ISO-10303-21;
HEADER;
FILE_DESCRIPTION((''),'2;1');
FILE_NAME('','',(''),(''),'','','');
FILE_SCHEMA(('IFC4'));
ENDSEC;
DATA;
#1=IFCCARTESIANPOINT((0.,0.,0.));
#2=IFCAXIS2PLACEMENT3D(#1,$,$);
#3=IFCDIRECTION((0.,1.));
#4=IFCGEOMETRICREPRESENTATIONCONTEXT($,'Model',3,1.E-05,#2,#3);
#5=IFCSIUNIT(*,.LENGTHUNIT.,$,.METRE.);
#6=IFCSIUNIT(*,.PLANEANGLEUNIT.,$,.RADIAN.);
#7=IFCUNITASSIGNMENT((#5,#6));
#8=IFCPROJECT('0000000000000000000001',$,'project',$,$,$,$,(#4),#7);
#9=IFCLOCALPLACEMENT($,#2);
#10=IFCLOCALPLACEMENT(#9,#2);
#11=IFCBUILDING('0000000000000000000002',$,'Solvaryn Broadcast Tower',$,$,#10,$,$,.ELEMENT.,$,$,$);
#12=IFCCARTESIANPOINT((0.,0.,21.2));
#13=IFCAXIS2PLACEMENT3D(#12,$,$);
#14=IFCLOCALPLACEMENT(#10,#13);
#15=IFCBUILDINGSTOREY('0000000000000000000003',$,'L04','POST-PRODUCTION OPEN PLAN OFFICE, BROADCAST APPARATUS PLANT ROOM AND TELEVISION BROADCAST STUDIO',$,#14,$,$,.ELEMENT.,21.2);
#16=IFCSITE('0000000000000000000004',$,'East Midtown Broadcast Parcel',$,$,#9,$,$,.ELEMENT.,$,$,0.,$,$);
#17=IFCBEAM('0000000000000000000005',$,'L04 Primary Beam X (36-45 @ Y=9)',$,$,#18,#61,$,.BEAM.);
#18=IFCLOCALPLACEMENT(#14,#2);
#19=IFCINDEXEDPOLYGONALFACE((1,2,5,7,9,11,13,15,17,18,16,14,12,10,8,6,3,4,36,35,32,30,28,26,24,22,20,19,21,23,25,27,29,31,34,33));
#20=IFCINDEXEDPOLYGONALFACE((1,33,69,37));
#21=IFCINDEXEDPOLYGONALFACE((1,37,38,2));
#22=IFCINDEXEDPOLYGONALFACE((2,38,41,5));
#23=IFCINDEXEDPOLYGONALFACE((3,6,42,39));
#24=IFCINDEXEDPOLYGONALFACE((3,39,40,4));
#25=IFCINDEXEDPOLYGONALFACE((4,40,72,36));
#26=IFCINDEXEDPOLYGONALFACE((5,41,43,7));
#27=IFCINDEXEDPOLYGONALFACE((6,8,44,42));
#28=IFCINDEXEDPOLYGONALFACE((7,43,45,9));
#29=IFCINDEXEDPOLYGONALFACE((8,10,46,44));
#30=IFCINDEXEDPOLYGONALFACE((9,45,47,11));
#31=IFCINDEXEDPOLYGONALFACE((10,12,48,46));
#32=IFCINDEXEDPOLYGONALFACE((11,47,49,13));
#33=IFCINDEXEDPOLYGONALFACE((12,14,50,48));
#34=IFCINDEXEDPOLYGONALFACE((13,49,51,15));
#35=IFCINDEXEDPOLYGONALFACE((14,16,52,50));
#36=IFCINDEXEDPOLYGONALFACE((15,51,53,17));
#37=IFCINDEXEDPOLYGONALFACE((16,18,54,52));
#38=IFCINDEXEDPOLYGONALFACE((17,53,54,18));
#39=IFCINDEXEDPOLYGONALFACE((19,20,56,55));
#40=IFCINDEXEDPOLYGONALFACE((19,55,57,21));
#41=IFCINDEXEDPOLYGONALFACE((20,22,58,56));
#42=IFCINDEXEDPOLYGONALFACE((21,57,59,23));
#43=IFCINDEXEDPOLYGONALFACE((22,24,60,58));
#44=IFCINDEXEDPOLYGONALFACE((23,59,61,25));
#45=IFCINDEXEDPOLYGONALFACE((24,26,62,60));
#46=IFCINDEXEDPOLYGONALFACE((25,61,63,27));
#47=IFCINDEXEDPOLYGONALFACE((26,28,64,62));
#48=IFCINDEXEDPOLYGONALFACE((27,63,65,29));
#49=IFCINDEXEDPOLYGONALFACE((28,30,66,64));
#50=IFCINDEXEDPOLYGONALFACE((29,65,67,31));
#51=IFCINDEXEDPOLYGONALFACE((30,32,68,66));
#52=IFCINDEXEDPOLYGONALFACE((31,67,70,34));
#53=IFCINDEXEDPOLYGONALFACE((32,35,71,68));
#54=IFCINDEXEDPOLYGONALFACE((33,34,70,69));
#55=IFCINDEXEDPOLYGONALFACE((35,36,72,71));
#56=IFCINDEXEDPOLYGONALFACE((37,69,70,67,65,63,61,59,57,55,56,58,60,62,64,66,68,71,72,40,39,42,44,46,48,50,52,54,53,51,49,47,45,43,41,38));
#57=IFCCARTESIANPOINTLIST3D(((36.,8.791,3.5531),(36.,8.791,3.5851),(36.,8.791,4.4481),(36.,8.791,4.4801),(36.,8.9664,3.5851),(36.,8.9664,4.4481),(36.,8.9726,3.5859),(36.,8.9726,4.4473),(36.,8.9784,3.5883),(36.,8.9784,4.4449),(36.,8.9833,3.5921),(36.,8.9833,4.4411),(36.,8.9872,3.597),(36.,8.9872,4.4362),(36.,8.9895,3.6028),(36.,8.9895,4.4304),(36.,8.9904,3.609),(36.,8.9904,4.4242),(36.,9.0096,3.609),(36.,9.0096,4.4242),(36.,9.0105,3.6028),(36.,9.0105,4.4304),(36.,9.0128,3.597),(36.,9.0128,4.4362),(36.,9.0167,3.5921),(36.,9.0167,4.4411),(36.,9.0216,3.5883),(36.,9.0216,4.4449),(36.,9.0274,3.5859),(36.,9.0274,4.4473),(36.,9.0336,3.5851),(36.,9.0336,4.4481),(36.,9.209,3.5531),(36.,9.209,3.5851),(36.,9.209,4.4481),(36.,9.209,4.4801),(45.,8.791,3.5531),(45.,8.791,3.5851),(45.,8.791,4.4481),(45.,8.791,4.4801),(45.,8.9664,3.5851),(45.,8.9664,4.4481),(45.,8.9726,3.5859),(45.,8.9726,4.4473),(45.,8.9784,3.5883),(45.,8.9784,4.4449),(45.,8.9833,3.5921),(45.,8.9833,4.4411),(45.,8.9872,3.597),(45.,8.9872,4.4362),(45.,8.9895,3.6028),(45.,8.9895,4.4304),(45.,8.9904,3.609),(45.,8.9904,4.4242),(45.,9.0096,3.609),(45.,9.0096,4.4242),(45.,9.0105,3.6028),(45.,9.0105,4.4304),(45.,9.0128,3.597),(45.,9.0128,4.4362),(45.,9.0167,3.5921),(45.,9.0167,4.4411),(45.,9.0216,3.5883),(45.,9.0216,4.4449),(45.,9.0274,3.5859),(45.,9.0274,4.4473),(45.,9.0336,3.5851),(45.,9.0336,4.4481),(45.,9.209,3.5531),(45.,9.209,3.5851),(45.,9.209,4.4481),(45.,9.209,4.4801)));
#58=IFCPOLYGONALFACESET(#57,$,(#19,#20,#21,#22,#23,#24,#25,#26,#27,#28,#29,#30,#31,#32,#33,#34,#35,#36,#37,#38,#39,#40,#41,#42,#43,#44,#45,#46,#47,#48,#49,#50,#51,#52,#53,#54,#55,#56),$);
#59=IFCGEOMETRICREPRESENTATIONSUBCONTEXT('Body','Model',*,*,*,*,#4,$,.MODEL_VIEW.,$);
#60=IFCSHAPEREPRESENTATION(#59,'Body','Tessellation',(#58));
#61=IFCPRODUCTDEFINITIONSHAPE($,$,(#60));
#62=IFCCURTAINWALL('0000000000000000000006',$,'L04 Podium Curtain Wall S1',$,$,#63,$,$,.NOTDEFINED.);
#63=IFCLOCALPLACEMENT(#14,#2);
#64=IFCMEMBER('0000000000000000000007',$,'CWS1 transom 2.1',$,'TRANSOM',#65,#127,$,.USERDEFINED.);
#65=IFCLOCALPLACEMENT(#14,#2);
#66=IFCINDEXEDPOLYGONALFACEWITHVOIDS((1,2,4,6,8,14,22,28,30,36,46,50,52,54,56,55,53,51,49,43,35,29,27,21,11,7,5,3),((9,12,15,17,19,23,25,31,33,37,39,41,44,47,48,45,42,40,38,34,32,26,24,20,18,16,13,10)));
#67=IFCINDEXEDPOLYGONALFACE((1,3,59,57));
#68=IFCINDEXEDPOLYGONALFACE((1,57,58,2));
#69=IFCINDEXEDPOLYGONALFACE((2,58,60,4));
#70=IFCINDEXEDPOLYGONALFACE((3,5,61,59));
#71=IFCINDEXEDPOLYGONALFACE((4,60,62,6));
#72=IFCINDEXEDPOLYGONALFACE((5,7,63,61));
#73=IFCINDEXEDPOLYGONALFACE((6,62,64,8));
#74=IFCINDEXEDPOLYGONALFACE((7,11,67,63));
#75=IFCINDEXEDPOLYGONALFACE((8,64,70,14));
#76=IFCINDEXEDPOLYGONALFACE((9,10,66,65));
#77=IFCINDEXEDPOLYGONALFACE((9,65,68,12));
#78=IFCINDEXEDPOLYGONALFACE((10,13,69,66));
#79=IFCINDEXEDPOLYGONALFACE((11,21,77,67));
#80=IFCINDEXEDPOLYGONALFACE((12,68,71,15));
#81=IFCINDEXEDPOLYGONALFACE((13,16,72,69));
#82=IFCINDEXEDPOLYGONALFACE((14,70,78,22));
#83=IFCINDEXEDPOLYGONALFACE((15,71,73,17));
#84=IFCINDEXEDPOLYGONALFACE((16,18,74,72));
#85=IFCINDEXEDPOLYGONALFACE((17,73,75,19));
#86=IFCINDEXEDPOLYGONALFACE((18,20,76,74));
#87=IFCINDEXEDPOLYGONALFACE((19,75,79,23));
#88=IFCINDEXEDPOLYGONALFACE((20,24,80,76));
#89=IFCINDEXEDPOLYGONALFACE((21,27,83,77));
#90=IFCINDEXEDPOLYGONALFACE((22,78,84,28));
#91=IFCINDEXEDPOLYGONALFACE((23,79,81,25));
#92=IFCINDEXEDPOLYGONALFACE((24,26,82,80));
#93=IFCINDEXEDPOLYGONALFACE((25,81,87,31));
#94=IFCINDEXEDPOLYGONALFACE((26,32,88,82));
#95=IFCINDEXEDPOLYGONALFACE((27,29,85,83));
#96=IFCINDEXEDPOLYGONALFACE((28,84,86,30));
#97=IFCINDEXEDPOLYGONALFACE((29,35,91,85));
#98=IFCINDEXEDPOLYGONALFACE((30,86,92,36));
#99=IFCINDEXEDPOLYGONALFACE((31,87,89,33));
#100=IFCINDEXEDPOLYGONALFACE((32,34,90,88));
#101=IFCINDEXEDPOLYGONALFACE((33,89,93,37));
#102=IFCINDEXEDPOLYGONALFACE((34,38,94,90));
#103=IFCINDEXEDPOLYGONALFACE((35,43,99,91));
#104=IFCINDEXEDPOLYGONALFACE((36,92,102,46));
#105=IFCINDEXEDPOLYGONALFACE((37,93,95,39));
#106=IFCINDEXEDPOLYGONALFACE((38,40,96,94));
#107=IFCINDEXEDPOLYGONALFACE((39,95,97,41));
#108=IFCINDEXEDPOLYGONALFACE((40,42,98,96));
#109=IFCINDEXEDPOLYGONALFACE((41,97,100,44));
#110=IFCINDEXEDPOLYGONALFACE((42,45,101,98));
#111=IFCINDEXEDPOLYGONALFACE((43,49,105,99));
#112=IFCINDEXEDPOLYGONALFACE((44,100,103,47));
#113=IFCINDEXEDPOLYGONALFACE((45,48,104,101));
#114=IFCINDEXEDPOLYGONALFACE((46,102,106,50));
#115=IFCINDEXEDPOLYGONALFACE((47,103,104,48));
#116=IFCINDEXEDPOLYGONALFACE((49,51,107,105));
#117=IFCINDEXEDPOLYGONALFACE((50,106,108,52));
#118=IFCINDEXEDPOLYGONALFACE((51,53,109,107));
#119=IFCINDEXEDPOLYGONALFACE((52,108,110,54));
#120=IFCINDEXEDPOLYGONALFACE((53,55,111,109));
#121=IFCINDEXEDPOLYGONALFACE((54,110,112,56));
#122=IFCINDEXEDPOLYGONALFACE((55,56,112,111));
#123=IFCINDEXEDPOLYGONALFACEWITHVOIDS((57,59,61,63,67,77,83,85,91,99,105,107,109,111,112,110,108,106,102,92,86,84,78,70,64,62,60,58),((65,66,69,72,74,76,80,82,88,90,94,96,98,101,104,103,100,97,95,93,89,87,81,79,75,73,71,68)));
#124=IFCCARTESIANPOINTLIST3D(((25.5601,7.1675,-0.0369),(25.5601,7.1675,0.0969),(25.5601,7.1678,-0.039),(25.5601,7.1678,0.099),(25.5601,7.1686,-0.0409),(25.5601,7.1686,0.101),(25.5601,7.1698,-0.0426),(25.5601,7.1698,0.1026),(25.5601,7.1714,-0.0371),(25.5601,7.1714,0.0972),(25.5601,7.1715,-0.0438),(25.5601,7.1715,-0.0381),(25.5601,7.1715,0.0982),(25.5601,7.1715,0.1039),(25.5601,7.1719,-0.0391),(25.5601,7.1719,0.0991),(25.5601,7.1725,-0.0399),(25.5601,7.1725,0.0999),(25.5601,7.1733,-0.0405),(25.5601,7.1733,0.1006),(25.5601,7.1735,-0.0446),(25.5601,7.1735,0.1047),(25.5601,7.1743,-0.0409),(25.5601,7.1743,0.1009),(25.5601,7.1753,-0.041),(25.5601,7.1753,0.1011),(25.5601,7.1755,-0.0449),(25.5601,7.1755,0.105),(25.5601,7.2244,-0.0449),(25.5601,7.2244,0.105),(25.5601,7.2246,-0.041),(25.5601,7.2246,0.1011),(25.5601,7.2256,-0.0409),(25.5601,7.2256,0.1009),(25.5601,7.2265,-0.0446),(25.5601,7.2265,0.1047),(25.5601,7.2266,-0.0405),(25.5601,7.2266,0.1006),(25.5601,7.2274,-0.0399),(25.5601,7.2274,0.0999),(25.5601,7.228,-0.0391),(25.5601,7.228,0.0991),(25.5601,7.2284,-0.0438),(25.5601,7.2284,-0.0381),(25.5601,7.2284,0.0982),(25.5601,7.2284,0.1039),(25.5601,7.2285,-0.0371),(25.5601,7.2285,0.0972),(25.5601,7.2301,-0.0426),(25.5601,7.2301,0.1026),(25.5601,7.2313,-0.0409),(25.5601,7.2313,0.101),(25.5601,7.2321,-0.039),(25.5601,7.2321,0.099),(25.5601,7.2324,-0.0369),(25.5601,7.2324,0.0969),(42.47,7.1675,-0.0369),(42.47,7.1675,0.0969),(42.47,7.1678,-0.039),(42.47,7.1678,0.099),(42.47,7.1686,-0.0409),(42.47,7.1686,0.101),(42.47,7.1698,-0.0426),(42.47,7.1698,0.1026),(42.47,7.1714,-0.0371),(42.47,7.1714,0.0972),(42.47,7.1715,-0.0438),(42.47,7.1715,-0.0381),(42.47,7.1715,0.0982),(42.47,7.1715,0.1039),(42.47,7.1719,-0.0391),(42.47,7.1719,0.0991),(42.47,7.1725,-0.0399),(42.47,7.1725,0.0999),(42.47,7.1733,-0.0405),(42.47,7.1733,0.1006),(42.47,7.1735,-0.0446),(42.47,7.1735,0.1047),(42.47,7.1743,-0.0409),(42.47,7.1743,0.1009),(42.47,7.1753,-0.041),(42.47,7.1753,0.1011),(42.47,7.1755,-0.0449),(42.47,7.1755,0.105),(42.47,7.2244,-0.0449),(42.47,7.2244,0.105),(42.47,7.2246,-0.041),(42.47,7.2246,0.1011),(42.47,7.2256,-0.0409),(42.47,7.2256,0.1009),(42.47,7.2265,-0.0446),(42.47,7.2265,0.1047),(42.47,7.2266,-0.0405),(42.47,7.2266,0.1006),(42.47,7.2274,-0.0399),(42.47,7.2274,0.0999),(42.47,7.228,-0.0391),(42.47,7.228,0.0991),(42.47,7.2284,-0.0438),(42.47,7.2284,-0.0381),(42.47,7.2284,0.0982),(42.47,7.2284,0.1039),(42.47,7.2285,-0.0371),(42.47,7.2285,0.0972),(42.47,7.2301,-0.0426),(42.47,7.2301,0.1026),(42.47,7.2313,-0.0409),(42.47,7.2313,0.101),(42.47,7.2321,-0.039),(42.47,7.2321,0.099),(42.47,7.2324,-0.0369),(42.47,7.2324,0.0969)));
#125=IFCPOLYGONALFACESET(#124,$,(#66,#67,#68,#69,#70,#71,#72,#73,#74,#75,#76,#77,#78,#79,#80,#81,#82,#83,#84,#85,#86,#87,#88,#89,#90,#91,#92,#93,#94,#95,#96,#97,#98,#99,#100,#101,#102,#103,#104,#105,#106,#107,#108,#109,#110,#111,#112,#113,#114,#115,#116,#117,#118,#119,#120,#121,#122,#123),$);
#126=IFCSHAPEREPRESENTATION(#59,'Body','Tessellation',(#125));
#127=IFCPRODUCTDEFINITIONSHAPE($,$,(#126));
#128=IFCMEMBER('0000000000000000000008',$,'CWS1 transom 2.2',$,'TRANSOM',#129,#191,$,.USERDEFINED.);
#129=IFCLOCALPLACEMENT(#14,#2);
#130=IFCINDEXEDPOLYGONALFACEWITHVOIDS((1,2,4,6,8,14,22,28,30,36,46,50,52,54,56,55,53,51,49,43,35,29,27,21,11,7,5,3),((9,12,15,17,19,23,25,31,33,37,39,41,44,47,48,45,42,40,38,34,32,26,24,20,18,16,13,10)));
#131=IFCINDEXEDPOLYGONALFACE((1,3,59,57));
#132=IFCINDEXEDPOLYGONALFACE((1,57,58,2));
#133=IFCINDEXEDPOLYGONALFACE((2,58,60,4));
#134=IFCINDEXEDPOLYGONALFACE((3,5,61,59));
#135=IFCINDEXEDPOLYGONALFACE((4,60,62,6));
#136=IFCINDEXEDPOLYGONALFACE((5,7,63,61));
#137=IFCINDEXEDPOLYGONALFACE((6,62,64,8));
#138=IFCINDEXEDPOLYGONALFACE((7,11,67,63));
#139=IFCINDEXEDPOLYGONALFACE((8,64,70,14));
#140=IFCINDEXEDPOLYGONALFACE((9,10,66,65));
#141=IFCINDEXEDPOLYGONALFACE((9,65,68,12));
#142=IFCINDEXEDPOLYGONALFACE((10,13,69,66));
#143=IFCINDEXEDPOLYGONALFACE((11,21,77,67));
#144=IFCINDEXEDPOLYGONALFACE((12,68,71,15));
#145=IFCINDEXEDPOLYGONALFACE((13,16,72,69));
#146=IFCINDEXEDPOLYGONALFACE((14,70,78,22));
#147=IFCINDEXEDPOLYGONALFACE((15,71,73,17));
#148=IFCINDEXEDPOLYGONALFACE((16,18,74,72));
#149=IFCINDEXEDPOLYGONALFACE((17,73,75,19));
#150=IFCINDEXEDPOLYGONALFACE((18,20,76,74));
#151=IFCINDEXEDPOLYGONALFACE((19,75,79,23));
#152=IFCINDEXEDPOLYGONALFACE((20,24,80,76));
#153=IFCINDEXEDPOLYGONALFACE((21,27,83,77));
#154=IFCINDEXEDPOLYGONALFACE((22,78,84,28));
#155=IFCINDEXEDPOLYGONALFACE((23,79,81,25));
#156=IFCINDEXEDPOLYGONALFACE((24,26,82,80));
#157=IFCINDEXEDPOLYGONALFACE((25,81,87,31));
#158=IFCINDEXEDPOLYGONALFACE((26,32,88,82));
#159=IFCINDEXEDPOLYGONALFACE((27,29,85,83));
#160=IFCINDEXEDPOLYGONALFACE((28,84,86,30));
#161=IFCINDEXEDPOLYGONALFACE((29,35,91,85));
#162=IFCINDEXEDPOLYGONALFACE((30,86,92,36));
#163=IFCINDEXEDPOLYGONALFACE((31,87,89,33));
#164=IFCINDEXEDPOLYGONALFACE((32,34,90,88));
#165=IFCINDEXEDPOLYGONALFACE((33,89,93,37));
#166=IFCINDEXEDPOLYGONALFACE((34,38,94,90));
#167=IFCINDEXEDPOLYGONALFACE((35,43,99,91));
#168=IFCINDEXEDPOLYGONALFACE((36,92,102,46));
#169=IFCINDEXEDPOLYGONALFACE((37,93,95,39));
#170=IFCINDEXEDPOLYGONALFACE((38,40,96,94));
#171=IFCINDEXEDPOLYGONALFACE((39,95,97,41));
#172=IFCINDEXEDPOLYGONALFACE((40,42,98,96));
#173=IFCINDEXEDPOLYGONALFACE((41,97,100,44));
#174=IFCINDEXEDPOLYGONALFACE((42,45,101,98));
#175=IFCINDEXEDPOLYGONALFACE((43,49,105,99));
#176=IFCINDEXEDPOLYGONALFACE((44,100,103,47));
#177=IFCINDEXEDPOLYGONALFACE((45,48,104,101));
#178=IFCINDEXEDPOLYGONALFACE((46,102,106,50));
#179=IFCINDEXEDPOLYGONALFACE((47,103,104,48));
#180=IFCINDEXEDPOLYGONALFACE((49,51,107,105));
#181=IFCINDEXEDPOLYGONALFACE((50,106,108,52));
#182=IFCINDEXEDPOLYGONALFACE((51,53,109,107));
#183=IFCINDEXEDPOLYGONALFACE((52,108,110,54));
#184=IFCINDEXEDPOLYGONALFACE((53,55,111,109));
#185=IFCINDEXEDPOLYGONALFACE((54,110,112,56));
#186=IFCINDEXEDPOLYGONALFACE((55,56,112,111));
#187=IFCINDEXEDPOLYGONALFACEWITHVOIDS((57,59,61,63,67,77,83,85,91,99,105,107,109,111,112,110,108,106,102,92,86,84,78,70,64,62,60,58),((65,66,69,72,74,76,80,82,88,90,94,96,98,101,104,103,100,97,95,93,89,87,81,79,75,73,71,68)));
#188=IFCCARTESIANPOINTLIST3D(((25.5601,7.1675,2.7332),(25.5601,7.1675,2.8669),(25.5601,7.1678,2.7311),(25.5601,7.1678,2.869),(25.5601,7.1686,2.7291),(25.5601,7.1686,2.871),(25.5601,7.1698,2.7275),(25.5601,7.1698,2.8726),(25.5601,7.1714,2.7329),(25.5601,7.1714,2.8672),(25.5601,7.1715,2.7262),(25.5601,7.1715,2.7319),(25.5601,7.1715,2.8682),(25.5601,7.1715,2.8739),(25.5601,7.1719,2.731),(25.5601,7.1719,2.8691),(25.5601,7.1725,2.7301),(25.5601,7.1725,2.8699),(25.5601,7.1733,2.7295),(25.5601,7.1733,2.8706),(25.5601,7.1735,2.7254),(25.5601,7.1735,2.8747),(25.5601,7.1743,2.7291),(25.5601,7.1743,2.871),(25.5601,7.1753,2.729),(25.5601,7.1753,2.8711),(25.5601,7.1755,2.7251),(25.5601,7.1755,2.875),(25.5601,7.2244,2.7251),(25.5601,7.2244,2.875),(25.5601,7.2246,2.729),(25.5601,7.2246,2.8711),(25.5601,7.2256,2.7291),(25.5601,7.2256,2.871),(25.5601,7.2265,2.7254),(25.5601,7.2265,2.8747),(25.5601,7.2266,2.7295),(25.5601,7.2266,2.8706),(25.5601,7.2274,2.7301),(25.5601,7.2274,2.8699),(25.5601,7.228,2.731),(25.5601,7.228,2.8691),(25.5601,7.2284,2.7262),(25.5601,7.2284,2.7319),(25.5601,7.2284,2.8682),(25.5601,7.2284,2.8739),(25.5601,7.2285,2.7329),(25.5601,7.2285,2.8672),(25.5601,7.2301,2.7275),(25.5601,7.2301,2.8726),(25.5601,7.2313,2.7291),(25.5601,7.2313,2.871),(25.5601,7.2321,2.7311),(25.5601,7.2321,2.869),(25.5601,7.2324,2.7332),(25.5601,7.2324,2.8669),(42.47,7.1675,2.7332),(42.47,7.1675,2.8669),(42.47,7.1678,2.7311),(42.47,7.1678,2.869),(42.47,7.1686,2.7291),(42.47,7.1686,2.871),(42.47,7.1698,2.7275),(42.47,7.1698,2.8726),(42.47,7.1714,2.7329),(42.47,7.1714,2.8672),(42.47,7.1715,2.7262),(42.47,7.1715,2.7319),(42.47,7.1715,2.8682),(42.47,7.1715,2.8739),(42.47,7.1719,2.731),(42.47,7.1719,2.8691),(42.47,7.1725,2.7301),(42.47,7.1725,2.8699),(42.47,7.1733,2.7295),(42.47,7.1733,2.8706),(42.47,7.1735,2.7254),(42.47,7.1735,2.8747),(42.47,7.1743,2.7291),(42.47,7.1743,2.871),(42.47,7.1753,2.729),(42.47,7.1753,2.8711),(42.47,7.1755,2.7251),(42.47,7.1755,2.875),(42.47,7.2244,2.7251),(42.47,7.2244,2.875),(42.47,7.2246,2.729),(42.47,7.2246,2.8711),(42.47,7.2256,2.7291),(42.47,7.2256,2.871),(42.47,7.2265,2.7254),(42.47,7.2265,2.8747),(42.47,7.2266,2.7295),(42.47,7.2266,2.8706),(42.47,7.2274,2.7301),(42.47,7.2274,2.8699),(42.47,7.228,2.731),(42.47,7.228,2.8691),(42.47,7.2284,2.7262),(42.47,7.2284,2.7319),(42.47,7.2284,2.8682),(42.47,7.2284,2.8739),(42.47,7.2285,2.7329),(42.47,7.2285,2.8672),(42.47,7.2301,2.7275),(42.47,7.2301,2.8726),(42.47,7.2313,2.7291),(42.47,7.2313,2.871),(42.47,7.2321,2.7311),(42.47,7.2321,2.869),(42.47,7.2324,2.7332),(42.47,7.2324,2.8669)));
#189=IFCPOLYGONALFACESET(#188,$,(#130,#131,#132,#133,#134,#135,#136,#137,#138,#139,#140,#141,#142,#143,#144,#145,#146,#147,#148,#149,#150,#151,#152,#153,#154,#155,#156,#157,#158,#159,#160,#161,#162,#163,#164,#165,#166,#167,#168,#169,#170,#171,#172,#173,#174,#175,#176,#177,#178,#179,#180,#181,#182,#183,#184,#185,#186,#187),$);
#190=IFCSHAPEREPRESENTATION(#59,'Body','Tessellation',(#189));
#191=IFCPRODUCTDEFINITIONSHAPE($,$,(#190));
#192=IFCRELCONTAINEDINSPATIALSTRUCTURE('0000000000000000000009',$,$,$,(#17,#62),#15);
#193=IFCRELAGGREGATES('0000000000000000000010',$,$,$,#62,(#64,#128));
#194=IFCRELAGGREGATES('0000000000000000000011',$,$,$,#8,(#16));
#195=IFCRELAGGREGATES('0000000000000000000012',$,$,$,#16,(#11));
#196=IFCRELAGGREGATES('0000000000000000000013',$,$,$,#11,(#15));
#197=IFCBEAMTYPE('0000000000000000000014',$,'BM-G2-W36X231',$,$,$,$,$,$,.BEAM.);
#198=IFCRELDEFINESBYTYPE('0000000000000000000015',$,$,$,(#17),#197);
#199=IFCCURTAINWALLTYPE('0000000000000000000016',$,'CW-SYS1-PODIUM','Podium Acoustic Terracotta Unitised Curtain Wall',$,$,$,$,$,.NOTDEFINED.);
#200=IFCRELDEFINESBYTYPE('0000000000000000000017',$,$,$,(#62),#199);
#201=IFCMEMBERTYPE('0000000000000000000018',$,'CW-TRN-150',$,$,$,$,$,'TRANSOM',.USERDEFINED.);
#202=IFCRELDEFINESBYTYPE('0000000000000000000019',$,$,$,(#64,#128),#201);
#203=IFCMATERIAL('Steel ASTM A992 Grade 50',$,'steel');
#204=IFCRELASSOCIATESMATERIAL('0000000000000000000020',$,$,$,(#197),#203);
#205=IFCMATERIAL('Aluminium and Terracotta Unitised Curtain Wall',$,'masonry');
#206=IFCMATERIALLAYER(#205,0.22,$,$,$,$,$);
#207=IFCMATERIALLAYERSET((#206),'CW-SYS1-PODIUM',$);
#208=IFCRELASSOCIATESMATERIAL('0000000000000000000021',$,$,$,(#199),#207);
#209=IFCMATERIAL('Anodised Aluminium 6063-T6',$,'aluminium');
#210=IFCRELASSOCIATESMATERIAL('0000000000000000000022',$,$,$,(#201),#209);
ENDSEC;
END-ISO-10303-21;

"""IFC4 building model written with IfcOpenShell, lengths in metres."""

from ifc_helpers import new_model, si_unit, direction, frame, origin, origin_2d, place, context, subcontext, project, spatial, hollow_rectangle, i_section, extrude, material, layer, layer_set, material_profile, profile_set, type_object, element, aggregate, save


model = new_model("IFC4")

# Units and contexts
model_context = context("Model", 3, precision=1e-05, world=origin(), true_north=direction((0.0, 1.0)))
body_context = subcontext(model_context, "Body", "Model", "MODEL_VIEW")
ifc_project = project(units=[si_unit("LENGTHUNIT", "METRE"), si_unit("PLANEANGLEUNIT", "RADIAN")], contexts=[model_context])

# Site, building, storey
site_placement = place(None, origin())
site = spatial("IfcSite", under=ifc_project, at=site_placement, Name="East Midtown Broadcast Parcel", CompositionType="ELEMENT", RefElevation=0.0)
building_placement = place(site_placement, origin())
building = spatial("IfcBuilding", under=site, at=building_placement, Name="Solvaryn Broadcast Tower", CompositionType="ELEMENT")
storey_placement = place(building_placement, frame((0.0, 0.0, 21.2)))
storey = spatial("IfcBuildingStorey", under=building, at=storey_placement, Name="L04", Description="POST-PRODUCTION OPEN PLAN OFFICE, BROADCAST APPARATUS PLANT ROOM AND TELEVISION BROADCAST STUDIO", CompositionType="ELEMENT", Elevation=21.2)

# Beam
ifc_material_1 = material(Name="Steel ASTM A992 Grade 50", Category="steel")
ifc_material_profile_1 = material_profile(ifc_material_1, i_section(OverallWidth=0.418, OverallDepth=0.927, WebThickness=0.0193, FlangeThickness=0.032, FilletRadius=0.0239, at=origin_2d()))
ifc_profile_set_1 = profile_set([ifc_material_profile_1], Name="Steel ASTM A992 Grade 50")
beam_type_1 = type_object("IfcBeamType", Name="BM-G2-W36X231", PredefinedType="BEAM", material=ifc_profile_set_1)
beam_1_placement = place(storey_placement, frame((36.0, 9.0, 4.0166), z_axis=(1.0, 0.0, 0.0), x_axis=(0.0, 1.0, 0.0)))
element("IfcBeam", 1, at=beam_1_placement, inside=storey, type_object=beam_type_1, Name="L04 Primary Beam X (36-45 @ Y=9)", PredefinedType="BEAM", context=body_context, shape_type="SweptSolid", body=[
    extrude(i_section(OverallWidth=0.418, OverallDepth=0.927, WebThickness=0.0193, FlangeThickness=0.032, FilletRadius=0.0239, at=origin_2d()), origin(), (0.0, 0.0, 1.0), 9.0),
])

# Curtain wall, members
ifc_material_2 = material(Name="Aluminium and Terracotta Unitised Curtain Wall", Category="masonry")
ifc_layer_1 = layer(ifc_material_2, 0.22)
ifc_layer_set_1 = layer_set([ifc_layer_1], Name="CW-SYS1-PODIUM")
curtain_wall_type = type_object("IfcCurtainWallType", Name="CW-SYS1-PODIUM", Description="Podium Acoustic Terracotta Unitised Curtain Wall", PredefinedType="NOTDEFINED", material=ifc_layer_set_1)
curtain_wall_placement = place(storey_placement, origin())
curtain_wall = element("IfcCurtainWall", 2, at=curtain_wall_placement, inside=storey, type_object=curtain_wall_type, Name="L04 Podium Curtain Wall S1", PredefinedType="NOTDEFINED")
ifc_material_3 = material(Name="Anodised Aluminium 6063-T6", Category="aluminium")
ifc_material_profile_2 = material_profile(ifc_material_3, hollow_rectangle(XDim=0.0649, YDim=0.1499, WallThickness=0.0039, InnerFilletRadius=0.0039, OuterFilletRadius=0.0081, at=origin_2d()))
ifc_profile_set_2 = profile_set([ifc_material_profile_2], Name="Anodised Aluminium 6063-T6")
member_type = type_object("IfcMemberType", Name="CW-TRN-150", ElementType="TRANSOM", PredefinedType="USERDEFINED", material=ifc_profile_set_2)
member_1_placement = place(storey_placement, frame((42.47, 7.2, 0.03), z_axis=(-1.0, 0.0, 0.0), x_axis=(0.0, -1.0, 0.0)))
member_1 = element("IfcMember", 3, at=member_1_placement, type_object=member_type, Name="CWS1 transom 2.1", ObjectType="TRANSOM", PredefinedType="USERDEFINED", context=body_context, shape_type="SweptSolid", body=[
    extrude(hollow_rectangle(XDim=0.0649, YDim=0.1499, WallThickness=0.0039, InnerFilletRadius=0.0039, OuterFilletRadius=0.0081, at=origin_2d()), origin(), (0.0, 0.0, 1.0), 16.9099),
])
member_2_placement = place(storey_placement, frame((42.47, 7.2, 2.8), z_axis=(-1.0, 0.0, 0.0), x_axis=(0.0, -1.0, 0.0)))
member_2 = element("IfcMember", 4, at=member_2_placement, type_object=member_type, Name="CWS1 transom 2.2", ObjectType="TRANSOM", PredefinedType="USERDEFINED", context=body_context, shape_type="SweptSolid", body=[
    extrude(hollow_rectangle(XDim=0.0649, YDim=0.1499, WallThickness=0.0039, InnerFilletRadius=0.0039, OuterFilletRadius=0.0081, at=origin_2d()), origin(), (0.0, 0.0, 1.0), 16.9099),
])
aggregate(curtain_wall, [member_1, member_2])

save(model, "model.ifc")
